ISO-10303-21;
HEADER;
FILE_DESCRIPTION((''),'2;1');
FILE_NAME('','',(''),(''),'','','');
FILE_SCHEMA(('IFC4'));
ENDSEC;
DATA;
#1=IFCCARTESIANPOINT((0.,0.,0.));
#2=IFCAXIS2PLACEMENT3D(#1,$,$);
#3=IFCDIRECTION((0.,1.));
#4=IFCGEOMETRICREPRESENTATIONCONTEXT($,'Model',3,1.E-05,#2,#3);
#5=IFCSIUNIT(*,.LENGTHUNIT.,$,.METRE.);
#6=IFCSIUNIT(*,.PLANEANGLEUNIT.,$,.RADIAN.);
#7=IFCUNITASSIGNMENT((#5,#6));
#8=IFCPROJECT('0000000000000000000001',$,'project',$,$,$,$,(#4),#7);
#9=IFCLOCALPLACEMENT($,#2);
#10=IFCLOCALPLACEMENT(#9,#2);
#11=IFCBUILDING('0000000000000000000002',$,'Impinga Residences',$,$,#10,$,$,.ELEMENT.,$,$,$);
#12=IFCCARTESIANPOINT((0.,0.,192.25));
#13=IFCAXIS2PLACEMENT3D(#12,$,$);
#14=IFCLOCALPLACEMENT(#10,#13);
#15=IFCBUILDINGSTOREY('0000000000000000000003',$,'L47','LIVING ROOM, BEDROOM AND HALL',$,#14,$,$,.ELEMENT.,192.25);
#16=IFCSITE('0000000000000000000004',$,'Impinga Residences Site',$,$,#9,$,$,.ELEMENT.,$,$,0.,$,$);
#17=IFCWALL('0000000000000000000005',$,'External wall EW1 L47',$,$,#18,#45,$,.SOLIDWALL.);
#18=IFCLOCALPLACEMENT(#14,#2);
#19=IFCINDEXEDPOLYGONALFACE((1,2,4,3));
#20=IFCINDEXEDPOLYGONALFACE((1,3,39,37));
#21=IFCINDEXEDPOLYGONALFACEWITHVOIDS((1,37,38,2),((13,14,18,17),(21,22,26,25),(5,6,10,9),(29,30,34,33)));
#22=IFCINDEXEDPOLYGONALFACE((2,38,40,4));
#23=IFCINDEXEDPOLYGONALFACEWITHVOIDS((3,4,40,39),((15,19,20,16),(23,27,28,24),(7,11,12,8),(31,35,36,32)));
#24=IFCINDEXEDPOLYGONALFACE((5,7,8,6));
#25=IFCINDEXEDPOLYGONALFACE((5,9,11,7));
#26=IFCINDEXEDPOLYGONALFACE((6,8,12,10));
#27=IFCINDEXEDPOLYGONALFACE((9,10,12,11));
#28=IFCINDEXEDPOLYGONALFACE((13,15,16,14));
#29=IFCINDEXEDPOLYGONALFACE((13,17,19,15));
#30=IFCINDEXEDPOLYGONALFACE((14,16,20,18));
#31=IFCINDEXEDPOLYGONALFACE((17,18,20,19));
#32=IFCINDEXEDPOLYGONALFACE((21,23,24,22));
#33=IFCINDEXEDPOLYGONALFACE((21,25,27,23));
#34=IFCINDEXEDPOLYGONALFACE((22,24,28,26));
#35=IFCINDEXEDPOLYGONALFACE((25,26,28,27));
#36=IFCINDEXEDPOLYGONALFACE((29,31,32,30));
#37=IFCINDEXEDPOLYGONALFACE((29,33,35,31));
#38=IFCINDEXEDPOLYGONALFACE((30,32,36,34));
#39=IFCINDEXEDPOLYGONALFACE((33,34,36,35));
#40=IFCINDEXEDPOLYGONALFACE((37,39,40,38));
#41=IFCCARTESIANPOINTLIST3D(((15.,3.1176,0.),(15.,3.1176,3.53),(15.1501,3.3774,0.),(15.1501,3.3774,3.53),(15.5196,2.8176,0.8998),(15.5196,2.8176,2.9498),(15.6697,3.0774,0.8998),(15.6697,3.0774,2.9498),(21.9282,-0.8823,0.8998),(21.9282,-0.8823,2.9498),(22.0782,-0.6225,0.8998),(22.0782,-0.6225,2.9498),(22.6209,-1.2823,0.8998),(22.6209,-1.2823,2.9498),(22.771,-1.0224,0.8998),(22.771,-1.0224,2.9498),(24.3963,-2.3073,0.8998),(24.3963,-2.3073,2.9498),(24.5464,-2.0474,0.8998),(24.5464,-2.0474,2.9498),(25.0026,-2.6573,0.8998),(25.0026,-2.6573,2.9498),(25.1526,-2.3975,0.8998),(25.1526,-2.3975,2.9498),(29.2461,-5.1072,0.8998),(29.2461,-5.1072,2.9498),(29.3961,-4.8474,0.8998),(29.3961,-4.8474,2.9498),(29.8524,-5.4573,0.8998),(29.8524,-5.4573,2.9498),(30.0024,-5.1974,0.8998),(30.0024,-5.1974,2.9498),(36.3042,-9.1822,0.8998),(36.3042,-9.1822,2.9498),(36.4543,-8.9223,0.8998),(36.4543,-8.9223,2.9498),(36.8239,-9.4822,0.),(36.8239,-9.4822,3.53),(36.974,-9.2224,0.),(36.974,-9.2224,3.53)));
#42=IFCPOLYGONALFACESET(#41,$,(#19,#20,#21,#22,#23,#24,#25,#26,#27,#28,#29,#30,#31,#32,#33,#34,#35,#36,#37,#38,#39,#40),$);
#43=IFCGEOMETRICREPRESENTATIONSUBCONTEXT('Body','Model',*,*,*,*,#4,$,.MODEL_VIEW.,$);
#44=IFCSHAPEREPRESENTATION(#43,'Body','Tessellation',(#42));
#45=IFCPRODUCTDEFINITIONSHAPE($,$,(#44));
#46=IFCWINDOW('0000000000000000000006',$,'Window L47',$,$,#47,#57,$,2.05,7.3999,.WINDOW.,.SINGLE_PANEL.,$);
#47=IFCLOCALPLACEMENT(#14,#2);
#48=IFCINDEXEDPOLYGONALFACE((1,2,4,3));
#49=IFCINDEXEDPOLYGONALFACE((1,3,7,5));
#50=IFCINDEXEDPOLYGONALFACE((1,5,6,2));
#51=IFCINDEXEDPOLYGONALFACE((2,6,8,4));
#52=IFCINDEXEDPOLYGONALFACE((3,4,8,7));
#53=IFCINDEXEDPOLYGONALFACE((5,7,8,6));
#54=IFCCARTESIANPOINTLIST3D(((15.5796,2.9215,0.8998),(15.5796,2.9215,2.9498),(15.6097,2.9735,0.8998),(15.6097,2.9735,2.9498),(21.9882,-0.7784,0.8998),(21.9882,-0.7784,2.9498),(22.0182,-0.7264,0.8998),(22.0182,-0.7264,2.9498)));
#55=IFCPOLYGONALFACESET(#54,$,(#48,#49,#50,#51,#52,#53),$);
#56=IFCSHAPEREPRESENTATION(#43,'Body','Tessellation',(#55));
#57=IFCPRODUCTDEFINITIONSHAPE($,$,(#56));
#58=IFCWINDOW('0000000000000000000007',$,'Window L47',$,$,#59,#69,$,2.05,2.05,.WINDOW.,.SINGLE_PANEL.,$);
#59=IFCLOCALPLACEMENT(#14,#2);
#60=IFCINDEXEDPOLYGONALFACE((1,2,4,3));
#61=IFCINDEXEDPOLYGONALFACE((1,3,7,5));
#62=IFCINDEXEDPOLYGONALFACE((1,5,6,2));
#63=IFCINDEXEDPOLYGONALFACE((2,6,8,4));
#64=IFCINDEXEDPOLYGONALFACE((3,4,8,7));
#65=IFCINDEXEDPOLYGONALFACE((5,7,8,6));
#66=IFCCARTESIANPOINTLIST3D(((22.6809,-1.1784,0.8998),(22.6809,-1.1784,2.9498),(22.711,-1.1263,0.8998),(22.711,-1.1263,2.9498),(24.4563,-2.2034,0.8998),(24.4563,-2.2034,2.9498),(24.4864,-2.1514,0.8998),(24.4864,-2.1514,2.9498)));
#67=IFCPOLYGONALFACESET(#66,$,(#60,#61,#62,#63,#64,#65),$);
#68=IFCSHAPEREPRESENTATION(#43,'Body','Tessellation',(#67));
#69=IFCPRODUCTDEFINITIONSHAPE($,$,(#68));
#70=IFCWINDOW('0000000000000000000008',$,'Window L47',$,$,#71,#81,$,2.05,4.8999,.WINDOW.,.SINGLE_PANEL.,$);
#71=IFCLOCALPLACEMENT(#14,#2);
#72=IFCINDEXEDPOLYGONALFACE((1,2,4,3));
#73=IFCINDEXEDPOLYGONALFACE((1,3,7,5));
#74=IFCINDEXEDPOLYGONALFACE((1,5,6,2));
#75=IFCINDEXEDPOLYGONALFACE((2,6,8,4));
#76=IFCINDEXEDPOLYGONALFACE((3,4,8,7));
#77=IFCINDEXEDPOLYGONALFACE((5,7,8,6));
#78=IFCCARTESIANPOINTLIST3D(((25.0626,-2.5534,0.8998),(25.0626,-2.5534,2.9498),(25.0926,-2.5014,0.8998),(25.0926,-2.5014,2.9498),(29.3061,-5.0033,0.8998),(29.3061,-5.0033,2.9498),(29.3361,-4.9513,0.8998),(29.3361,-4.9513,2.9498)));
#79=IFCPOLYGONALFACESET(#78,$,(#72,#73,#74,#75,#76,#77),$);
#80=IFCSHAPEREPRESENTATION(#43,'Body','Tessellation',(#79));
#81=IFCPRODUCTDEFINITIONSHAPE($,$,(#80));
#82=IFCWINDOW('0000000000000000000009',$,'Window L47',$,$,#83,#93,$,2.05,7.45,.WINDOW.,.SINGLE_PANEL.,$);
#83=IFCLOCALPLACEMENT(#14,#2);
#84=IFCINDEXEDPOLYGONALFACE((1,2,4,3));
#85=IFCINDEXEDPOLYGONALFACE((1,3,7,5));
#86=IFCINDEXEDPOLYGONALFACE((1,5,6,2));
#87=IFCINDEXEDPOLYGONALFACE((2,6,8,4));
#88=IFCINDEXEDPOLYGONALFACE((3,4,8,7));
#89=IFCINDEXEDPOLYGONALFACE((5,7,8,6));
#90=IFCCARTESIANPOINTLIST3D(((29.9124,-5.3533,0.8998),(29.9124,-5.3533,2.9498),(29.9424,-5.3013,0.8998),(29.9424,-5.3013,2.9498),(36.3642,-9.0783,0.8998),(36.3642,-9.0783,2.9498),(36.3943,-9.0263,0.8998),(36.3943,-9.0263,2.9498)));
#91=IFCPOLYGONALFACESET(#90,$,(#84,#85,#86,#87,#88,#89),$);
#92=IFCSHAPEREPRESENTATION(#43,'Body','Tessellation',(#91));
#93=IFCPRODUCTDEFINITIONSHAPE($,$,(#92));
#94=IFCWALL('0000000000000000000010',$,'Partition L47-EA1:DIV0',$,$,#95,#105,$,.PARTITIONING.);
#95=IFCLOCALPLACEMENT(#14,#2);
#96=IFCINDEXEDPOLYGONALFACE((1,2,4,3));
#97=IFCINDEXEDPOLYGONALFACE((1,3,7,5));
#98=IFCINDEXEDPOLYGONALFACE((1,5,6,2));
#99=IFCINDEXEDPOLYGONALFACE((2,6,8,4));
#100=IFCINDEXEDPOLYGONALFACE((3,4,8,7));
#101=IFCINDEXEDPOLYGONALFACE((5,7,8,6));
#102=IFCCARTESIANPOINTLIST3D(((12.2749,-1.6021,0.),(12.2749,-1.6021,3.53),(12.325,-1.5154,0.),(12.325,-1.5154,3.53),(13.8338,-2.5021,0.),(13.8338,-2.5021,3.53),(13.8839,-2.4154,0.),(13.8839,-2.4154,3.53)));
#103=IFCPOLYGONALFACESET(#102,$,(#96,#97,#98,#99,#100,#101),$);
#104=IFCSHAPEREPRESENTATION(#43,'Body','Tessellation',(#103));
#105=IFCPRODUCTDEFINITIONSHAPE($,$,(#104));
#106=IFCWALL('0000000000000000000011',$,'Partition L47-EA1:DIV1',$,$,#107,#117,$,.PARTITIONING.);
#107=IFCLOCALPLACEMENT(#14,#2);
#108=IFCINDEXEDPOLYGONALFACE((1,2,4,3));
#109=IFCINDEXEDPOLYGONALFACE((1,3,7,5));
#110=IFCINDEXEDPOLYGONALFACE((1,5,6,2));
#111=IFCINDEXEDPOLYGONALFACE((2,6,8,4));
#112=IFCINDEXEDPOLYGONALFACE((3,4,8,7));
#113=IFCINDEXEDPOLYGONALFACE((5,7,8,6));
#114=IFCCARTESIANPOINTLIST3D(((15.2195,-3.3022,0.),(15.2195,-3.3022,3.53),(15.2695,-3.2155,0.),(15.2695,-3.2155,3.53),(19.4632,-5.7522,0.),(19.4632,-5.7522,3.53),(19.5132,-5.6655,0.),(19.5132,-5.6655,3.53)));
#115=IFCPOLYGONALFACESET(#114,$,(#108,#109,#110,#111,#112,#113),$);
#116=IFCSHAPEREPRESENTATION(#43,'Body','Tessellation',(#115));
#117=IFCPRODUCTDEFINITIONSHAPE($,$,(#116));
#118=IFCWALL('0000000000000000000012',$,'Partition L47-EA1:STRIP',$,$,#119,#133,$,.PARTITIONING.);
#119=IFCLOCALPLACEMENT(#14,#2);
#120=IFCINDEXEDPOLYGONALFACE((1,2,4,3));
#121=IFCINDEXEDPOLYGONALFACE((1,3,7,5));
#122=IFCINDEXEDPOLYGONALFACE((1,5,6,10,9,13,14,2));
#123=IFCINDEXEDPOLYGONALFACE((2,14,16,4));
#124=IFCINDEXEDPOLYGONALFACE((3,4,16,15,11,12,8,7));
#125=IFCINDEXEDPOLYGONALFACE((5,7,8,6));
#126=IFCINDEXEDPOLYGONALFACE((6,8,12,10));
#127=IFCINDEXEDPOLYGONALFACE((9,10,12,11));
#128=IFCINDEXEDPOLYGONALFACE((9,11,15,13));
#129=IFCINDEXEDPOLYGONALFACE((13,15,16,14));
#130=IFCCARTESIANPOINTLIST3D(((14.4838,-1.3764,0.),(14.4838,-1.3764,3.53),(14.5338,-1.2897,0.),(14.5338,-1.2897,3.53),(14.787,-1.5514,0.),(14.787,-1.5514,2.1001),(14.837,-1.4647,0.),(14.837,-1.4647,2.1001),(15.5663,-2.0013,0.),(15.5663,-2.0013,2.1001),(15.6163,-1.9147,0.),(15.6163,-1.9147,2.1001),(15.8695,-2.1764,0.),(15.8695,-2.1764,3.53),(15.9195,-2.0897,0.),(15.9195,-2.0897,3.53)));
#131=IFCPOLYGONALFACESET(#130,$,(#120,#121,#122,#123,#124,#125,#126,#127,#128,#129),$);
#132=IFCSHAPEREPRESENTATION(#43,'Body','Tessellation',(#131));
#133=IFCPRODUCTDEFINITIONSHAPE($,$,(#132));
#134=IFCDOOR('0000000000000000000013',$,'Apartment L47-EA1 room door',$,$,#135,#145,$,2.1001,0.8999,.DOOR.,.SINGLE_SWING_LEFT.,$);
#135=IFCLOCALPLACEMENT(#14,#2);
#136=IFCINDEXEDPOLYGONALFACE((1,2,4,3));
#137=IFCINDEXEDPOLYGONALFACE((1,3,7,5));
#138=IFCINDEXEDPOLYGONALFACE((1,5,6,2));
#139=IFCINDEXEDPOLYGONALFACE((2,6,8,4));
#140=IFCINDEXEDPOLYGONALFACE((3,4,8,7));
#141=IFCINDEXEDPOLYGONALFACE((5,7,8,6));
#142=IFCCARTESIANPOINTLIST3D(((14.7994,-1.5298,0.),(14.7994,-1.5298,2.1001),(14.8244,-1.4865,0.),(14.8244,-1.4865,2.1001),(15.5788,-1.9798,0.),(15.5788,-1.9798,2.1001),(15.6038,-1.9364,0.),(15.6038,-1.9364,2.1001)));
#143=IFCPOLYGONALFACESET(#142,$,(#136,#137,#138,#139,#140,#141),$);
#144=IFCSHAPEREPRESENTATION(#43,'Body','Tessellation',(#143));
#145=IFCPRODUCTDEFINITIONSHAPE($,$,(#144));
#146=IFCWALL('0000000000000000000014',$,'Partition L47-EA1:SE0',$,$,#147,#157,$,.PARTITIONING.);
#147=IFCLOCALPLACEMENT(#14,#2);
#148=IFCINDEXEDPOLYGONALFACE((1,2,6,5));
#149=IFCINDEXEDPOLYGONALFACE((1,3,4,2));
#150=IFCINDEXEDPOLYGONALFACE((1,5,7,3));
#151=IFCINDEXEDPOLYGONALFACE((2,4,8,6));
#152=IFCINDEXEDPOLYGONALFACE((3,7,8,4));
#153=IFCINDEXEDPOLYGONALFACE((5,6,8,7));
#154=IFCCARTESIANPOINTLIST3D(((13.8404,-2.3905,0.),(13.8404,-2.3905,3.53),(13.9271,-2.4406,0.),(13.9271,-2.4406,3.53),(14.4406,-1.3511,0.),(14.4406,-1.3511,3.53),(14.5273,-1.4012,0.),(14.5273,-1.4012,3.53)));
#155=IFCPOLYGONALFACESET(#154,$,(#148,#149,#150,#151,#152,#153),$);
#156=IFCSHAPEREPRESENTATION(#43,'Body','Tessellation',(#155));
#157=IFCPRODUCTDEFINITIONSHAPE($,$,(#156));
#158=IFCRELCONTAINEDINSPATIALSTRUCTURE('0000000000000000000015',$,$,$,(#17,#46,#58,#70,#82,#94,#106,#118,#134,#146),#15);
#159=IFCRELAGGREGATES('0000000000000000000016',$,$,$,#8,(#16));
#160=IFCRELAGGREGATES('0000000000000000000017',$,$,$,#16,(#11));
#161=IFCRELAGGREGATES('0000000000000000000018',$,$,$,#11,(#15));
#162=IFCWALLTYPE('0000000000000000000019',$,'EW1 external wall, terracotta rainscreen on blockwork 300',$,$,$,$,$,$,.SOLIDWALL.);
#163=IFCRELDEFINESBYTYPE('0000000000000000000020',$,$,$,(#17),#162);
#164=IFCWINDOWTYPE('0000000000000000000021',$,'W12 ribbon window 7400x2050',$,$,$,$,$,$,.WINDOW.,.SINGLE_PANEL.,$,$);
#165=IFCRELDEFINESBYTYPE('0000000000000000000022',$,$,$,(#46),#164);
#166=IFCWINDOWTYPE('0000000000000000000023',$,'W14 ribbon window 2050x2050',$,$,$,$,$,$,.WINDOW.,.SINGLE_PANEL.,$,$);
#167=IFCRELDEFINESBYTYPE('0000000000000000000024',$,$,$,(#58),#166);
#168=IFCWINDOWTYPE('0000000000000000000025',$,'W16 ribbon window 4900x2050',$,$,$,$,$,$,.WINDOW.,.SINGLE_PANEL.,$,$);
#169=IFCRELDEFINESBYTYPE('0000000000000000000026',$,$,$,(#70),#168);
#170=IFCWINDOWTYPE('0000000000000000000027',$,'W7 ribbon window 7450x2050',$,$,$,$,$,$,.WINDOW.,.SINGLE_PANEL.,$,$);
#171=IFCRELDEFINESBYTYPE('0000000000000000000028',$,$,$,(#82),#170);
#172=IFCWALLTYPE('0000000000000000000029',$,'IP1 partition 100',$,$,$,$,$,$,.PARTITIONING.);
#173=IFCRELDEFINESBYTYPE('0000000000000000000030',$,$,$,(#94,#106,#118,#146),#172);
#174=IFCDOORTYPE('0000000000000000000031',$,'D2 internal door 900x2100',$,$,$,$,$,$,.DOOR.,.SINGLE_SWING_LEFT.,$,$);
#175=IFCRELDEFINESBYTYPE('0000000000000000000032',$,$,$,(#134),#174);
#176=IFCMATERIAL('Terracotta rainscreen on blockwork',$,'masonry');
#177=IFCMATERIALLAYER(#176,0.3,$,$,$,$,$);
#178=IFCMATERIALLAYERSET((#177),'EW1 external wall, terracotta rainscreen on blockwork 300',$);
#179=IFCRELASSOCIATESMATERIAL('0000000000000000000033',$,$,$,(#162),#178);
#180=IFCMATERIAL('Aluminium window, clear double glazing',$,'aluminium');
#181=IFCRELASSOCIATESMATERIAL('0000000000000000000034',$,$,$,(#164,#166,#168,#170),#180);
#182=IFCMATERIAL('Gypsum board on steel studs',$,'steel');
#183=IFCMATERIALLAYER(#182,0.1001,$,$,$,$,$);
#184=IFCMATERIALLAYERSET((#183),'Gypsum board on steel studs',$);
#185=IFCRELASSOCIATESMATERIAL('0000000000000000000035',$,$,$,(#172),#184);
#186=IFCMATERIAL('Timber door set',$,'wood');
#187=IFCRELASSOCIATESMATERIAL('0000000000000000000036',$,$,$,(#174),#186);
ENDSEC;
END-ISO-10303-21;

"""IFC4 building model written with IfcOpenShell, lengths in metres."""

from ifc_helpers import new_model, si_unit, direction, frame, frame_2d, origin, place, context, subcontext, project, spatial, rectangle, extrude, material, layer, layer_set, type_object, element, fill, save


model = new_model("IFC4")

# Units and contexts
model_context = context("Model", 3, precision=1e-05, world=origin(), true_north=direction((0.0, 1.0)))
body_context = subcontext(model_context, "Body", "Model", "MODEL_VIEW")
ifc_project = project(units=[si_unit("LENGTHUNIT", "METRE"), si_unit("PLANEANGLEUNIT", "RADIAN")], contexts=[model_context])

# Site, building, storey
site_placement = place(None, origin())
site = spatial("IfcSite", under=ifc_project, at=site_placement, Name="Impinga Residences Site", CompositionType="ELEMENT", RefElevation=0.0)
building_placement = place(site_placement, origin())
building = spatial("IfcBuilding", under=site, at=building_placement, Name="Impinga Residences", CompositionType="ELEMENT")
storey_placement = place(building_placement, frame((0.0, 0.0, 192.25)))
storey = spatial("IfcBuildingStorey", under=building, at=storey_placement, Name="L47", Description="LIVING ROOM, BEDROOM AND HALL", CompositionType="ELEMENT", Elevation=192.25)

# Shared definitions
ifc_material_1 = material(Name="Timber door set", Category="wood")

# Shared definitions
ifc_material_2 = material(Name="Terracotta rainscreen on blockwork", Category="masonry")
ifc_layer_1 = layer(ifc_material_2, 0.3)
ifc_layer_set_1 = layer_set([ifc_layer_1], Name="EW1 external wall, terracotta rainscreen on blockwork 300")
wall_type_1 = type_object("IfcWallType", Name="EW1 external wall, terracotta rainscreen on blockwork 300", PredefinedType="SOLIDWALL", material=ifc_layer_set_1)

# Wall, openings, windows
wall_1_placement = place(storey_placement, frame((15.075, 3.2476, 0.0), z_axis=(0.0, 0.0, 1.0), x_axis=(0.866029, -0.499993, 0.0)))
wall_1 = element("IfcWall", 1, at=wall_1_placement, inside=storey, type_object=wall_type_1, Name="External wall EW1 L47", PredefinedType="SOLIDWALL", context=body_context, shape_type="SweptSolid", body=[
    extrude(rectangle(XDim=25.2, YDim=0.3, at=frame_2d((12.6001, 0.0))), origin(), (0.0, 0.0, 1.0), 3.53),
])
opening_1_placement = place(wall_1_placement, frame((0.6001, 0.0, 0.8999)))
opening_1 = element("IfcOpeningElement", 2, at=opening_1_placement, cuts=wall_1, PredefinedType="OPENING", context=body_context, shape_type="SweptSolid", body=[
    extrude(rectangle(XDim=7.3999, YDim=2.05, at=frame_2d((3.7, 1.0249))), frame((0.0, 0.1599, 0.0), z_axis=(0.0, -1.0, 0.0), x_axis=(1.0, 0.0, 0.0)), (0.0, 0.0, 1.0), 0.3201),
])
opening_2_placement = place(wall_1_placement, frame((8.8, 0.0, 0.8999)))
opening_2 = element("IfcOpeningElement", 3, at=opening_2_placement, cuts=wall_1, PredefinedType="OPENING", context=body_context, shape_type="SweptSolid", body=[
    extrude(rectangle(XDim=2.05, YDim=2.05, at=frame_2d((1.0249, 1.0249))), frame((0.0, 0.1599, 0.0), z_axis=(0.0, -1.0, 0.0), x_axis=(1.0, 0.0, 0.0)), (0.0, 0.0, 1.0), 0.3201),
])
opening_3_placement = place(wall_1_placement, frame((11.55, 0.0, 0.8999)))
opening_3 = element("IfcOpeningElement", 4, at=opening_3_placement, cuts=wall_1, PredefinedType="OPENING", context=body_context, shape_type="SweptSolid", body=[
    extrude(rectangle(XDim=4.8999, YDim=2.05, at=frame_2d((2.45, 1.0249))), frame((0.0, 0.1599, 0.0), z_axis=(0.0, -1.0, 0.0), x_axis=(1.0, 0.0, 0.0)), (0.0, 0.0, 1.0), 0.3201),
])
opening_4_placement = place(wall_1_placement, frame((17.1499, 0.0, 0.8999)))
opening_4 = element("IfcOpeningElement", 5, at=opening_4_placement, cuts=wall_1, PredefinedType="OPENING", context=body_context, shape_type="SweptSolid", body=[
    extrude(rectangle(XDim=7.45, YDim=2.05, at=frame_2d((3.7251, 1.0249))), frame((0.0, 0.1599, 0.0), z_axis=(0.0, -1.0, 0.0), x_axis=(1.0, 0.0, 0.0)), (0.0, 0.0, 1.0), 0.3201),
])
ifc_material_3 = material(Name="Aluminium window, clear double glazing", Category="aluminium")
window_type_1 = type_object("IfcWindowType", Name="W12 ribbon window 7400x2050", PartitioningType="SINGLE_PANEL", PredefinedType="WINDOW", material=ifc_material_3)
window_1_placement = place(opening_1_placement, origin())
window_1 = element("IfcWindow", 6, at=window_1_placement, inside=storey, type_object=window_type_1, Name="Window L47", OverallHeight=2.05, OverallWidth=7.3999, PartitioningType="SINGLE_PANEL", PredefinedType="WINDOW", context=body_context, shape_type="SweptSolid", body=[
    extrude(rectangle(XDim=7.3999, YDim=2.05, at=frame_2d((3.7, 1.0249))), frame((0.0, 0.03, 0.0), z_axis=(0.0, -1.0, 0.0), x_axis=(1.0, 0.0, 0.0)), (0.0, 0.0, 1.0), 0.0601),
])
fill(opening_1, window_1)
window_type_2 = type_object("IfcWindowType", Name="W14 ribbon window 2050x2050", PartitioningType="SINGLE_PANEL", PredefinedType="WINDOW", material=ifc_material_3)
window_2_placement = place(opening_2_placement, origin())
window_2 = element("IfcWindow", 7, at=window_2_placement, inside=storey, type_object=window_type_2, Name="Window L47", OverallHeight=2.05, OverallWidth=2.05, PartitioningType="SINGLE_PANEL", PredefinedType="WINDOW", context=body_context, shape_type="SweptSolid", body=[
    extrude(rectangle(XDim=2.05, YDim=2.05, at=frame_2d((1.0249, 1.0249))), frame((0.0, 0.03, 0.0), z_axis=(0.0, -1.0, 0.0), x_axis=(1.0, 0.0, 0.0)), (0.0, 0.0, 1.0), 0.0601),
])
fill(opening_2, window_2)
window_type_3 = type_object("IfcWindowType", Name="W16 ribbon window 4900x2050", PartitioningType="SINGLE_PANEL", PredefinedType="WINDOW", material=ifc_material_3)
window_3_placement = place(opening_3_placement, origin())
window_3 = element("IfcWindow", 8, at=window_3_placement, inside=storey, type_object=window_type_3, Name="Window L47", OverallHeight=2.05, OverallWidth=4.8999, PartitioningType="SINGLE_PANEL", PredefinedType="WINDOW", context=body_context, shape_type="SweptSolid", body=[
    extrude(rectangle(XDim=4.8999, YDim=2.05, at=frame_2d((2.45, 1.0249))), frame((0.0, 0.03, 0.0), z_axis=(0.0, -1.0, 0.0), x_axis=(1.0, 0.0, 0.0)), (0.0, 0.0, 1.0), 0.0601),
])
fill(opening_3, window_3)
window_type_4 = type_object("IfcWindowType", Name="W7 ribbon window 7450x2050", PartitioningType="SINGLE_PANEL", PredefinedType="WINDOW", material=ifc_material_3)
window_4_placement = place(opening_4_placement, origin())
window_4 = element("IfcWindow", 9, at=window_4_placement, inside=storey, type_object=window_type_4, Name="Window L47", OverallHeight=2.05, OverallWidth=7.45, PartitioningType="SINGLE_PANEL", PredefinedType="WINDOW", context=body_context, shape_type="SweptSolid", body=[
    extrude(rectangle(XDim=7.45, YDim=2.05, at=frame_2d((3.7251, 1.0249))), frame((0.0, 0.03, 0.0), z_axis=(0.0, -1.0, 0.0), x_axis=(1.0, 0.0, 0.0)), (0.0, 0.0, 1.0), 0.0601),
])
fill(opening_4, window_4)

# Walls
ifc_material_4 = material(Name="Gypsum board on steel studs", Category="steel")
ifc_layer_2 = layer(ifc_material_4, 0.1001)
ifc_layer_set_2 = layer_set([ifc_layer_2], Name="Gypsum board on steel studs")
wall_type_2 = type_object("IfcWallType", Name="IP1 partition 100", PredefinedType="PARTITIONING", material=ifc_layer_set_2)
wall_2_placement = place(storey_placement, frame((12.3, -1.5588, 0.0), z_axis=(0.0, 0.0, 1.0), x_axis=(0.866048, -0.499961, 0.0)))
element("IfcWall", 10, at=wall_2_placement, inside=storey, type_object=wall_type_2, Name="Partition L47-EA1:DIV0", PredefinedType="PARTITIONING", context=body_context, shape_type="SweptSolid", body=[
    extrude(rectangle(XDim=1.8, YDim=0.1001, at=frame_2d((0.8999, 0.0))), origin(), (0.0, 0.0, 1.0), 3.53),
])
wall_3_placement = place(storey_placement, frame((15.2444, -3.2588, 0.0), z_axis=(0.0, 0.0, 1.0), x_axis=(0.866036, -0.499981, 0.0)))
element("IfcWall", 11, at=wall_3_placement, inside=storey, type_object=wall_type_2, Name="Partition L47-EA1:DIV1", PredefinedType="PARTITIONING", context=body_context, shape_type="SweptSolid", body=[
    extrude(rectangle(XDim=4.9001, YDim=0.1001, at=frame_2d((2.4502, 0.0))), origin(), (0.0, 0.0, 1.0), 3.53),
])

# Wall, opening, door
wall_4_placement = place(storey_placement, frame((14.5088, -1.333, 0.0), z_axis=(0.0, 0.0, 1.0), x_axis=(0.866028, -0.499995, 0.0)))
wall_4 = element("IfcWall", 12, at=wall_4_placement, inside=storey, type_object=wall_type_2, Name="Partition L47-EA1:STRIP", PredefinedType="PARTITIONING", context=body_context, shape_type="SweptSolid", body=[
    extrude(rectangle(XDim=1.6001, YDim=0.1001, at=frame_2d((0.8, 0.0))), origin(), (0.0, 0.0, 1.0), 3.53),
])
opening_5_placement = place(wall_4_placement, frame((0.3501, 0.0, 0.0)))
opening_5 = element("IfcOpeningElement", 13, at=opening_5_placement, cuts=wall_4, PredefinedType="OPENING", context=body_context, shape_type="SweptSolid", body=[
    extrude(rectangle(XDim=0.8999, YDim=2.1001, at=frame_2d((0.45, 1.05))), frame((0.0, 0.0601, 0.0), z_axis=(0.0, -1.0, 0.0), x_axis=(1.0, 0.0, 0.0)), (0.0, 0.0, 1.0), 0.1201),
])
door_type_1 = type_object("IfcDoorType", Name="D2 internal door 900x2100", OperationType="SINGLE_SWING_LEFT", PredefinedType="DOOR", material=ifc_material_1)
door_1_placement = place(opening_5_placement, origin())
door_1 = element("IfcDoor", 14, at=door_1_placement, inside=storey, type_object=door_type_1, Name="Apartment L47-EA1 room door", OperationType="SINGLE_SWING_LEFT", OverallHeight=2.1001, OverallWidth=0.8999, PredefinedType="DOOR", context=body_context, shape_type="SweptSolid", body=[
    extrude(rectangle(XDim=0.8999, YDim=2.1001, at=frame_2d((0.45, 1.05))), frame((0.0, 0.0249, 0.0), z_axis=(0.0, -1.0, 0.0), x_axis=(1.0, 0.0, 0.0)), (0.0, 0.0, 1.0), 0.05),
])
fill(opening_5, door_1)

# Wall
wall_5_placement = place(storey_placement, frame((13.8838, -2.4155, 0.0), z_axis=(0.0, 0.0, 1.0), x_axis=(0.500034, 0.866006, 0.0)))
element("IfcWall", 15, at=wall_5_placement, inside=storey, type_object=wall_type_2, Name="Partition L47-EA1:SE0", PredefinedType="PARTITIONING", context=body_context, shape_type="SweptSolid", body=[
    extrude(rectangle(XDim=1.2002, YDim=0.1001, at=frame_2d((0.6001, 0.0))), origin(), (0.0, 0.0, 1.0), 3.53),
])

save(model, "model.ifc")
